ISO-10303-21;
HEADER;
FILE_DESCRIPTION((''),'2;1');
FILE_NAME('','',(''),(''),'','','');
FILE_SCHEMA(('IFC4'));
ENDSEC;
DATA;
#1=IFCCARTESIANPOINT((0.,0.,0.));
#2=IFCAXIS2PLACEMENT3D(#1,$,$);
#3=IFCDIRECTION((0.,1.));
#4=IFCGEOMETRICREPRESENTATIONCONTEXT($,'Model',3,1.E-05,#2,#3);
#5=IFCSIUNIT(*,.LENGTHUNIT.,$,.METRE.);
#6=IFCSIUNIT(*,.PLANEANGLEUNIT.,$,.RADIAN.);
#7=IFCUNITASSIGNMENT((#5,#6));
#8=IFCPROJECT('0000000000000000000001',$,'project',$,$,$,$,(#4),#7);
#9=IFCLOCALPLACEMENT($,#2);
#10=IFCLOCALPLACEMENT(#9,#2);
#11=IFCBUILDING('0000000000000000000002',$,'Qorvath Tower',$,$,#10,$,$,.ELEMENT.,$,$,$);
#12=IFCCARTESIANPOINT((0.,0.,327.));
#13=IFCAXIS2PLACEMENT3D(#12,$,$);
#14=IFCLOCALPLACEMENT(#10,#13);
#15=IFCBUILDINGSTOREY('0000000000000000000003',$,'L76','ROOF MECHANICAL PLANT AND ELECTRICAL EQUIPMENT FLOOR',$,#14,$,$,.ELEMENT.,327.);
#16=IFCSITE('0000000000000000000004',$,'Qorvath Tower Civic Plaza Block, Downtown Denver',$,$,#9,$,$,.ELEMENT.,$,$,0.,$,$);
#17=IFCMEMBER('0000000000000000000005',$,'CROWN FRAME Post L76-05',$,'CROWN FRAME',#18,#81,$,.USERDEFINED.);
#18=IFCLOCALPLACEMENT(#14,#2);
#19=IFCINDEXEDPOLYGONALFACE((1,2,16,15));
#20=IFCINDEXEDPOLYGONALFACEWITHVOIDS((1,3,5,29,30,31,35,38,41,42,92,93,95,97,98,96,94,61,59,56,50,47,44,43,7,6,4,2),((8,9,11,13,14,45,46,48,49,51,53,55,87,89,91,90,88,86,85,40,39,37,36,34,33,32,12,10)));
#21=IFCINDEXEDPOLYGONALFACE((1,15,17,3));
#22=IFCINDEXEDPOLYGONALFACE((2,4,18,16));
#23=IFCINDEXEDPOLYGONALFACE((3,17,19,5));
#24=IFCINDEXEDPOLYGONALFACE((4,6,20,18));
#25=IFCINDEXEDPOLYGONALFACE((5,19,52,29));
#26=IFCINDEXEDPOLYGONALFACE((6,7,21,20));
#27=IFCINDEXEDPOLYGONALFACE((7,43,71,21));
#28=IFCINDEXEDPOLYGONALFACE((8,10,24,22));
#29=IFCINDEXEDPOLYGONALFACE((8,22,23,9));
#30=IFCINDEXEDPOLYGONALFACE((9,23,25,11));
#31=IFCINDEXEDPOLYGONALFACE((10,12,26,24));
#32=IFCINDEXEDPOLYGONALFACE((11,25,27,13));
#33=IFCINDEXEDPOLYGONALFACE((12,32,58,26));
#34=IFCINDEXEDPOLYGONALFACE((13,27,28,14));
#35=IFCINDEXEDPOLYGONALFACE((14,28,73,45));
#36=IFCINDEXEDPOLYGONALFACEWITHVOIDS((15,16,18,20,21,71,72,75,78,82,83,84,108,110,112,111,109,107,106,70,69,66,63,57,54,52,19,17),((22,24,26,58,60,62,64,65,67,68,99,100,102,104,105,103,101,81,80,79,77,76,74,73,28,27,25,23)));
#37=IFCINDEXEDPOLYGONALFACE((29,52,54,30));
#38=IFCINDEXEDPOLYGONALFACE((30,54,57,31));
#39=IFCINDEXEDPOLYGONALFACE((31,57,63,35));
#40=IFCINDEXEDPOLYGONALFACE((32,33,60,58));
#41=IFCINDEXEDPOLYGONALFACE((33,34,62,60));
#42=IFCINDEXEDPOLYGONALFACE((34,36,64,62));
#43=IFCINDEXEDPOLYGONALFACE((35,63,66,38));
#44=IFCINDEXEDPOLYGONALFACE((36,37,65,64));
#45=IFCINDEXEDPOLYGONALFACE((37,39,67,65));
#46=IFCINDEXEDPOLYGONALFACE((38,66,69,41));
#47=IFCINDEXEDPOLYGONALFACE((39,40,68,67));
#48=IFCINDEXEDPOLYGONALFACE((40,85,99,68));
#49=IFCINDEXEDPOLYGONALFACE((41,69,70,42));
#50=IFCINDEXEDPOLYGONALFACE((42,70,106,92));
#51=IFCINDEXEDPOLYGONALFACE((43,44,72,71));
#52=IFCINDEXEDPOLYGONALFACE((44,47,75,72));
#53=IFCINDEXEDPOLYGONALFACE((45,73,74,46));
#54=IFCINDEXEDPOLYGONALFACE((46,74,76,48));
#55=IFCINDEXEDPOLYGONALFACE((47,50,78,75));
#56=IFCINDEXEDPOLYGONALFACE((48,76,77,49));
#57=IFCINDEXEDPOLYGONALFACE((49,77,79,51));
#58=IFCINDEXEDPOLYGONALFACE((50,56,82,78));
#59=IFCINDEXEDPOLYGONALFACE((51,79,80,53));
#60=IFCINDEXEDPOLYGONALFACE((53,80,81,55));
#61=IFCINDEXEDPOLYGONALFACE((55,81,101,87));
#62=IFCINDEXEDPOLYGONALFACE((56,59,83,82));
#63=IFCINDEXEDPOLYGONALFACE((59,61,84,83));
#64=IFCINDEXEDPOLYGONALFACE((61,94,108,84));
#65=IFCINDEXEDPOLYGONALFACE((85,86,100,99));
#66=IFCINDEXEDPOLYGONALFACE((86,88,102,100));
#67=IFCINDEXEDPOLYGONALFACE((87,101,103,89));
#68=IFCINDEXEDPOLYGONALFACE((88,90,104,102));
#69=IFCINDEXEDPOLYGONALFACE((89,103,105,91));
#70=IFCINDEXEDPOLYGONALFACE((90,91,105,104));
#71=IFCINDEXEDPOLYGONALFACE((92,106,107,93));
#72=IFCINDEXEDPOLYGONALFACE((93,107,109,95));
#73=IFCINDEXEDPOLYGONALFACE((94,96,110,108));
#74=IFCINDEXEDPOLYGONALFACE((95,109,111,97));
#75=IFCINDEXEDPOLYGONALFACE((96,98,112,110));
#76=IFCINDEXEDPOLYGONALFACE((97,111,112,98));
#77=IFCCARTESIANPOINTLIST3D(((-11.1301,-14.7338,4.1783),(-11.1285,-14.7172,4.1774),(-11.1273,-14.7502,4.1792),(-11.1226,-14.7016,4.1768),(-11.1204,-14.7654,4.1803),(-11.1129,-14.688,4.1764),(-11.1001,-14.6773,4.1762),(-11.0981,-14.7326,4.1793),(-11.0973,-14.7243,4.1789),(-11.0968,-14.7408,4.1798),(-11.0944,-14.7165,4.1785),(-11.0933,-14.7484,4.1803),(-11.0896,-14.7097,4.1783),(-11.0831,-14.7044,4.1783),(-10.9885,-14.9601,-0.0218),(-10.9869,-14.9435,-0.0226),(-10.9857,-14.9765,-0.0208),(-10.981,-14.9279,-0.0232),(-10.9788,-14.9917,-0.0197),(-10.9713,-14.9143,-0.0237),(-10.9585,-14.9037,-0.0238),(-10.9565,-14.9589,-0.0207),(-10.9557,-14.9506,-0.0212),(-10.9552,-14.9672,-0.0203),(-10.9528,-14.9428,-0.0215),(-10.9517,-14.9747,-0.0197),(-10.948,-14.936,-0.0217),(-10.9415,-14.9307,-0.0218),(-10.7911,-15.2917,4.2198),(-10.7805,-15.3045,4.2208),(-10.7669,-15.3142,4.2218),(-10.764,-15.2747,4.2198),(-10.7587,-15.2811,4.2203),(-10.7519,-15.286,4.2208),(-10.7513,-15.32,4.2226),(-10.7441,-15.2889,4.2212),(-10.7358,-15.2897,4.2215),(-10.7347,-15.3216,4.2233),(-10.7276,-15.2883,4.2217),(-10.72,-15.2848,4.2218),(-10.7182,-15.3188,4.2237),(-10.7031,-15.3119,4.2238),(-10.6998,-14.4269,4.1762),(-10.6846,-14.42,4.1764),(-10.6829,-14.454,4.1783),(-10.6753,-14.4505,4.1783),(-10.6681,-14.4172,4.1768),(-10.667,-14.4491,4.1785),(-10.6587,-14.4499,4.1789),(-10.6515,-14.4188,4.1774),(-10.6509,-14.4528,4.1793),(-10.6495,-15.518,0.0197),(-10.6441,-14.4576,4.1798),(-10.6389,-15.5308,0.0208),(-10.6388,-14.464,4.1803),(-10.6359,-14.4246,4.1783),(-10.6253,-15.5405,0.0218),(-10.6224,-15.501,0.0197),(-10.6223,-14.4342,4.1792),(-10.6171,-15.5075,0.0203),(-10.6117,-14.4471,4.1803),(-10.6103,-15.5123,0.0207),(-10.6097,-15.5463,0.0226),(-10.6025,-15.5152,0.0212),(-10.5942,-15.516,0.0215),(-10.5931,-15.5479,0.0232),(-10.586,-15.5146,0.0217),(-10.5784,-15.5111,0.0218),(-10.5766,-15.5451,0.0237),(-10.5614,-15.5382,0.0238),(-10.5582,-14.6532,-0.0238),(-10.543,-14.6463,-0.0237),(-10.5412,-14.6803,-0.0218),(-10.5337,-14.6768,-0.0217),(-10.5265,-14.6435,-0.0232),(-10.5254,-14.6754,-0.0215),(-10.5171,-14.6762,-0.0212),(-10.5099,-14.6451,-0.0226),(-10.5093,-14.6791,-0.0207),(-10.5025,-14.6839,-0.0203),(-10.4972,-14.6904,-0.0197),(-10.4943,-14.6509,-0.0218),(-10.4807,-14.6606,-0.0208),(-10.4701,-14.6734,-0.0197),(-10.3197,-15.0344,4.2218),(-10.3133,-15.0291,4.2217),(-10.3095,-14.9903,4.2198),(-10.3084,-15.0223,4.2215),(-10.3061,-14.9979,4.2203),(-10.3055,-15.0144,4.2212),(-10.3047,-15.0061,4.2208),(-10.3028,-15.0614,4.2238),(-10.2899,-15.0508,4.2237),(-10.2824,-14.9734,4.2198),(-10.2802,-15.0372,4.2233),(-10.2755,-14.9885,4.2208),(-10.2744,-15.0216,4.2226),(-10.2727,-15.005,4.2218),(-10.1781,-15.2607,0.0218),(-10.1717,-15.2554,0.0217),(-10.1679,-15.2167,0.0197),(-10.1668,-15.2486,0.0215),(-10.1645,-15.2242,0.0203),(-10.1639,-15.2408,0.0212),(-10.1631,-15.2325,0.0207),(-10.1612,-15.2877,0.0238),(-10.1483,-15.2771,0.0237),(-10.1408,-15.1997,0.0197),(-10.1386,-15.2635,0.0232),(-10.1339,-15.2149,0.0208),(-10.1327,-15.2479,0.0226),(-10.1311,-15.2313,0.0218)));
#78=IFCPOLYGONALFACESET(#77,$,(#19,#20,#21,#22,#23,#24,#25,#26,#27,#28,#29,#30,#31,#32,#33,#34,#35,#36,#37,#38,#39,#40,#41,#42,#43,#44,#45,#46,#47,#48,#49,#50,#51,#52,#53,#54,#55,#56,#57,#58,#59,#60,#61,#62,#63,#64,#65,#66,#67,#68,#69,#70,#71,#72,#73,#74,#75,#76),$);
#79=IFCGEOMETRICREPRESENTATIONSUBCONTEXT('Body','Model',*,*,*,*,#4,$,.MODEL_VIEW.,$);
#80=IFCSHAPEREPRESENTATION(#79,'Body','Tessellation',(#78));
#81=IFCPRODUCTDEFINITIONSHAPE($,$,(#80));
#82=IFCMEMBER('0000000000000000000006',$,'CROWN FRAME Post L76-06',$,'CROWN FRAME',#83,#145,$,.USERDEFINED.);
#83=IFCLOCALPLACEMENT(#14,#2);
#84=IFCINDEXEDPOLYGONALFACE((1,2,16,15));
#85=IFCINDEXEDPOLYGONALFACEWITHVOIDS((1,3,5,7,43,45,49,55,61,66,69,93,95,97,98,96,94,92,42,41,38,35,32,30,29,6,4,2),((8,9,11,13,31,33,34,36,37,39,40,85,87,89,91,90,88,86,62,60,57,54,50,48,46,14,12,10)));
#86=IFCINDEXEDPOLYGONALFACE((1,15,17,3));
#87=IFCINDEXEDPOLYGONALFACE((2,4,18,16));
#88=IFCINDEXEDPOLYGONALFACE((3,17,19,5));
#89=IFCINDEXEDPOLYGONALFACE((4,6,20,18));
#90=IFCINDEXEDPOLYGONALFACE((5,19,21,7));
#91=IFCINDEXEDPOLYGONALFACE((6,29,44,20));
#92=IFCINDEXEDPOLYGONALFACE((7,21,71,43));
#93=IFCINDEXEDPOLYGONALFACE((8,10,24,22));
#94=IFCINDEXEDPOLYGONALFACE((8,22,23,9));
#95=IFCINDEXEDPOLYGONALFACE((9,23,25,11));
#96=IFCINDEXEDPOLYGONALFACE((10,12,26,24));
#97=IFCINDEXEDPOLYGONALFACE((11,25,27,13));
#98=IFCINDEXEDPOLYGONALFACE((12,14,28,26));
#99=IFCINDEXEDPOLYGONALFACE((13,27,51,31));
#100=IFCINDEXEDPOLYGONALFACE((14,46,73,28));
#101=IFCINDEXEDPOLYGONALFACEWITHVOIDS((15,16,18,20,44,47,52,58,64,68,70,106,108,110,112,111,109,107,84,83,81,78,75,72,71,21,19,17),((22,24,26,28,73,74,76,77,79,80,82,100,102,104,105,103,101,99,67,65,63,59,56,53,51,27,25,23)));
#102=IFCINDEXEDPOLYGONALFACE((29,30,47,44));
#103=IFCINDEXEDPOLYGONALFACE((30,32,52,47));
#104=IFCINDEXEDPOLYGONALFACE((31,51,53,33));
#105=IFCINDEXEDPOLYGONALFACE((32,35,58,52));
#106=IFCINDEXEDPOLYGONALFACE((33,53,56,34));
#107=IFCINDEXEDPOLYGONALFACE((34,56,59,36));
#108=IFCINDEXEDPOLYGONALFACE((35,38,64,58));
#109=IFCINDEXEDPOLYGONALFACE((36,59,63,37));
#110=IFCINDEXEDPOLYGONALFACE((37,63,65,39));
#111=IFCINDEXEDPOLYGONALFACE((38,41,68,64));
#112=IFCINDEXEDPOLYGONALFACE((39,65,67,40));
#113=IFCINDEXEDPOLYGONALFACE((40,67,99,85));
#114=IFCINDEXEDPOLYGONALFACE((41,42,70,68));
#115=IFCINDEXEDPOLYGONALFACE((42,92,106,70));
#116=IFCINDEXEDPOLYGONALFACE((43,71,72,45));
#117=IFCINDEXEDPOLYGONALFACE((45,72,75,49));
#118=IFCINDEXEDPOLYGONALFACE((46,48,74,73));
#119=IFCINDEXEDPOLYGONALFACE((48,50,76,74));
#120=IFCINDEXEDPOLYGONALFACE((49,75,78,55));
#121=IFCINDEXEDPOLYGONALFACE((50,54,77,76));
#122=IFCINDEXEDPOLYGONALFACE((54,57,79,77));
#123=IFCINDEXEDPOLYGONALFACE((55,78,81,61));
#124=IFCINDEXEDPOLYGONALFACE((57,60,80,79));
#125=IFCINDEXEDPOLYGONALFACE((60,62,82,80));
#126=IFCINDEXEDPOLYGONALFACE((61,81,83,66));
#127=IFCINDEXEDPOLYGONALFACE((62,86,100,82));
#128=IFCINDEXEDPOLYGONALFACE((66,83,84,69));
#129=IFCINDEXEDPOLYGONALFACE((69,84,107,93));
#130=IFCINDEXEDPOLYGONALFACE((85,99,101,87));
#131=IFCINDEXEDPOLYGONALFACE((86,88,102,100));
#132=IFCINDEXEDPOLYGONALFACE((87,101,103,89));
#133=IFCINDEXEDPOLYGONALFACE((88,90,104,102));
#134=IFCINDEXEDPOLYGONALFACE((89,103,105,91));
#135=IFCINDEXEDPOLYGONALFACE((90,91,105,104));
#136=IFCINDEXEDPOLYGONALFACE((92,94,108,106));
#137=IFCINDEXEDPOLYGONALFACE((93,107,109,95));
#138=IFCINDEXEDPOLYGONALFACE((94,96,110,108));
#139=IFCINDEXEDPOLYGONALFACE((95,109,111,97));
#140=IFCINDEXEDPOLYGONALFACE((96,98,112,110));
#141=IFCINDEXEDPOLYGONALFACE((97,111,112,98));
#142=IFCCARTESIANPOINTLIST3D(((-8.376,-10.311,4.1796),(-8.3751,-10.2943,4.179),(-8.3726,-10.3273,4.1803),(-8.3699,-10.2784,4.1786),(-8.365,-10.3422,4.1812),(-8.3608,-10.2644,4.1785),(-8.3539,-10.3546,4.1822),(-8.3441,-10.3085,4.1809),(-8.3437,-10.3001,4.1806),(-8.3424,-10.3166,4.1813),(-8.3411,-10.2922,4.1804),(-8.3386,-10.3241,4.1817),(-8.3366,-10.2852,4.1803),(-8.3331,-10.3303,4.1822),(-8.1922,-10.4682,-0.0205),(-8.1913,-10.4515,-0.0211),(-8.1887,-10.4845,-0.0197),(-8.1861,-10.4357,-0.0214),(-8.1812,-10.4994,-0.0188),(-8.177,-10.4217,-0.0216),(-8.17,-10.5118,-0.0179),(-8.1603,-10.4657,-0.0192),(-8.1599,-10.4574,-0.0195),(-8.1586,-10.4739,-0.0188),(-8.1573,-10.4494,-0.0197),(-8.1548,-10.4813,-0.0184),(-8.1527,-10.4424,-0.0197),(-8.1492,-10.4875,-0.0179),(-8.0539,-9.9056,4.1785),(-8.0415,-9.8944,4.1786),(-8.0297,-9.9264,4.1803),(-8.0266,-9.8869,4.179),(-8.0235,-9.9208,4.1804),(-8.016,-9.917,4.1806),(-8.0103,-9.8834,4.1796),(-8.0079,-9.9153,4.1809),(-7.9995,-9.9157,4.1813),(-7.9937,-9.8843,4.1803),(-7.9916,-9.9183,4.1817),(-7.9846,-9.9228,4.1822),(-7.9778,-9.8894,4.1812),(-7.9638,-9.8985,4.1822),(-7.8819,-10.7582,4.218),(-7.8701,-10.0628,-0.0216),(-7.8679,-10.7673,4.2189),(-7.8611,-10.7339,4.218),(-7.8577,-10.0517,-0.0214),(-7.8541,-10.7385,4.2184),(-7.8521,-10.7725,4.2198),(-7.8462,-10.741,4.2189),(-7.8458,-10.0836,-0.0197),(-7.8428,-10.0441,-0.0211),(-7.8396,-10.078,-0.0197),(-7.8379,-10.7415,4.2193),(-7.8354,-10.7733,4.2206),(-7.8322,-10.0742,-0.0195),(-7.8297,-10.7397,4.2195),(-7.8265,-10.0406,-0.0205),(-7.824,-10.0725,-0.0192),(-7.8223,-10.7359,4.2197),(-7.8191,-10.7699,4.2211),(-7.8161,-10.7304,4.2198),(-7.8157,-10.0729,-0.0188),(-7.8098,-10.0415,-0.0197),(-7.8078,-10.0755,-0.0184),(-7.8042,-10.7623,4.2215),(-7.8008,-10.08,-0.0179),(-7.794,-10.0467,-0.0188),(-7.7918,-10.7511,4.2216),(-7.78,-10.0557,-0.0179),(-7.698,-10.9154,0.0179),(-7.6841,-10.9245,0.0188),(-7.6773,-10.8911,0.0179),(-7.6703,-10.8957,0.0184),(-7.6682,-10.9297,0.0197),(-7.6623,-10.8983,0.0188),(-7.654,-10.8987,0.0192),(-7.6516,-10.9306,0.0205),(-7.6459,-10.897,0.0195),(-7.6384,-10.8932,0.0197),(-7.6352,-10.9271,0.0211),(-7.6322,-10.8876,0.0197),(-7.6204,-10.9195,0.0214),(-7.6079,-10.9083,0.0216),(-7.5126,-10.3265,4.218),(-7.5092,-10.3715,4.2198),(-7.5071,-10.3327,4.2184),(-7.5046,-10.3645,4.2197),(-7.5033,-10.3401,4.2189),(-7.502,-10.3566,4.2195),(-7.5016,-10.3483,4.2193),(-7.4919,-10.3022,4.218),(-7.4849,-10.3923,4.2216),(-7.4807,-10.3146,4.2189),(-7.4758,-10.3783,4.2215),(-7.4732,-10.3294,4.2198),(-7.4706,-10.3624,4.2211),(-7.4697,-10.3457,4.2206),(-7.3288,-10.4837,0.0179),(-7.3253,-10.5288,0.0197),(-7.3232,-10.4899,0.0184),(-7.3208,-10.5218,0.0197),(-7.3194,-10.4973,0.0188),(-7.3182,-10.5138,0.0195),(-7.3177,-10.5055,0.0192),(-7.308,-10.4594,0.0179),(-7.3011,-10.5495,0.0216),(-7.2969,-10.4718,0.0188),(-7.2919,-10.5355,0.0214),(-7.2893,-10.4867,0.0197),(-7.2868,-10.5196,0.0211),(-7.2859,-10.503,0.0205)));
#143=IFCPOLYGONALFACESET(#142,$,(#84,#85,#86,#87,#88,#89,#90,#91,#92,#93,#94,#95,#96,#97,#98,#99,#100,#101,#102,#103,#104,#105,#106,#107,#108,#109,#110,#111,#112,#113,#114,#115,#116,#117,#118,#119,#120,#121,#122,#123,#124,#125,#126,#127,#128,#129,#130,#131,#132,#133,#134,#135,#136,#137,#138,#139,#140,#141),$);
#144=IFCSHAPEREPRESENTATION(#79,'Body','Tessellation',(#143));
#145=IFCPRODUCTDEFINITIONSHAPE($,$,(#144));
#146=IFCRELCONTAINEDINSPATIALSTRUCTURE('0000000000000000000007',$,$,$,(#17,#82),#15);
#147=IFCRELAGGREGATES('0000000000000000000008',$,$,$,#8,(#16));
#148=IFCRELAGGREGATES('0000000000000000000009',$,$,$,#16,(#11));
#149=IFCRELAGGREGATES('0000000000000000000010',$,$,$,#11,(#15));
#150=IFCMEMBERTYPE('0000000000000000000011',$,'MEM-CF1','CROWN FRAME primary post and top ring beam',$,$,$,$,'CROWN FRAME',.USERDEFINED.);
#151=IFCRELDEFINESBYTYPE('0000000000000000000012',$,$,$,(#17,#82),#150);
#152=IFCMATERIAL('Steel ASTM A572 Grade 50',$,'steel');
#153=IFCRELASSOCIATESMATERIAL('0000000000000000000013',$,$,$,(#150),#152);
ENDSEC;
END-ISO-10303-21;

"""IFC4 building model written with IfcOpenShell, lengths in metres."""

from ifc_helpers import new_model, si_unit, direction, frame, origin, origin_2d, place, context, subcontext, project, spatial, hollow_rectangle, extrude, material, material_profile, profile_set, type_object, element, save


model = new_model("IFC4")

# Units and contexts
model_context = context("Model", 3, precision=1e-05, world=origin(), true_north=direction((0.0, 1.0)))
body_context = subcontext(model_context, "Body", "Model", "MODEL_VIEW")
ifc_project = project(units=[si_unit("LENGTHUNIT", "METRE"), si_unit("PLANEANGLEUNIT", "RADIAN")], contexts=[model_context])

# Site, building, storey
site_placement = place(None, origin())
site = spatial("IfcSite", under=ifc_project, at=site_placement, Name="Qorvath Tower Civic Plaza Block, Downtown Denver", CompositionType="ELEMENT", RefElevation=0.0)
building_placement = place(site_placement, origin())
building = spatial("IfcBuilding", under=site, at=building_placement, Name="Qorvath Tower", CompositionType="ELEMENT")
storey_placement = place(building_placement, frame((0.0, 0.0, 327.0)))
storey = spatial("IfcBuildingStorey", under=building, at=storey_placement, Name="L76", Description="ROOF MECHANICAL PLANT AND ELECTRICAL EQUIPMENT FLOOR", CompositionType="ELEMENT", Elevation=327.0)

# Members
ifc_material_1 = material(Name="Steel ASTM A572 Grade 50", Category="steel")
ifc_material_profile_1 = material_profile(ifc_material_1, hollow_rectangle(XDim=0.6001, YDim=0.75, WallThickness=0.032, InnerFilletRadius=0.032, OuterFilletRadius=0.064, at=origin_2d()), Name="CROWN BOX 750x600x32")
ifc_profile_set_1 = profile_set([ifc_material_profile_1], Name="Steel ASTM A572 Grade 50")
member_type_1 = type_object("IfcMemberType", Name="MEM-CF1", Description="CROWN FRAME primary post and top ring beam", ElementType="CROWN FRAME", PredefinedType="USERDEFINED", material=ifc_profile_set_1)
member_1_placement = place(storey_placement, frame((-10.5598, -15.0957, 0.0), z_axis=(-0.033647, 0.053777, 0.997986), x_axis=(-0.847741, -0.53041, 0.0)))
element("IfcMember", 1, at=member_1_placement, inside=storey, type_object=member_type_1, Name="CROWN FRAME Post L76-05", ObjectType="CROWN FRAME", PredefinedType="USERDEFINED", context=body_context, shape_type="SweptSolid", body=[
    extrude(hollow_rectangle(XDim=0.6001, YDim=0.75, WallThickness=0.032, InnerFilletRadius=0.032, OuterFilletRadius=0.064, at=origin_2d()), origin(), (0.0, 0.0, 1.0), 4.2085),
])
member_2_placement = place(storey_placement, frame((-7.739, -10.4856, 0.0), z_axis=(-0.043699, 0.037373, 0.998345), x_axis=(-0.64996, -0.759969, 0.0)))
element("IfcMember", 2, at=member_2_placement, inside=storey, type_object=member_type_1, Name="CROWN FRAME Post L76-06", ObjectType="CROWN FRAME", PredefinedType="USERDEFINED", context=body_context, shape_type="SweptSolid", body=[
    extrude(hollow_rectangle(XDim=0.6001, YDim=0.75, WallThickness=0.032, InnerFilletRadius=0.032, OuterFilletRadius=0.064, at=origin_2d()), origin(), (0.0, 0.0, 1.0), 4.207),
])

save(model, "model.ifc")
